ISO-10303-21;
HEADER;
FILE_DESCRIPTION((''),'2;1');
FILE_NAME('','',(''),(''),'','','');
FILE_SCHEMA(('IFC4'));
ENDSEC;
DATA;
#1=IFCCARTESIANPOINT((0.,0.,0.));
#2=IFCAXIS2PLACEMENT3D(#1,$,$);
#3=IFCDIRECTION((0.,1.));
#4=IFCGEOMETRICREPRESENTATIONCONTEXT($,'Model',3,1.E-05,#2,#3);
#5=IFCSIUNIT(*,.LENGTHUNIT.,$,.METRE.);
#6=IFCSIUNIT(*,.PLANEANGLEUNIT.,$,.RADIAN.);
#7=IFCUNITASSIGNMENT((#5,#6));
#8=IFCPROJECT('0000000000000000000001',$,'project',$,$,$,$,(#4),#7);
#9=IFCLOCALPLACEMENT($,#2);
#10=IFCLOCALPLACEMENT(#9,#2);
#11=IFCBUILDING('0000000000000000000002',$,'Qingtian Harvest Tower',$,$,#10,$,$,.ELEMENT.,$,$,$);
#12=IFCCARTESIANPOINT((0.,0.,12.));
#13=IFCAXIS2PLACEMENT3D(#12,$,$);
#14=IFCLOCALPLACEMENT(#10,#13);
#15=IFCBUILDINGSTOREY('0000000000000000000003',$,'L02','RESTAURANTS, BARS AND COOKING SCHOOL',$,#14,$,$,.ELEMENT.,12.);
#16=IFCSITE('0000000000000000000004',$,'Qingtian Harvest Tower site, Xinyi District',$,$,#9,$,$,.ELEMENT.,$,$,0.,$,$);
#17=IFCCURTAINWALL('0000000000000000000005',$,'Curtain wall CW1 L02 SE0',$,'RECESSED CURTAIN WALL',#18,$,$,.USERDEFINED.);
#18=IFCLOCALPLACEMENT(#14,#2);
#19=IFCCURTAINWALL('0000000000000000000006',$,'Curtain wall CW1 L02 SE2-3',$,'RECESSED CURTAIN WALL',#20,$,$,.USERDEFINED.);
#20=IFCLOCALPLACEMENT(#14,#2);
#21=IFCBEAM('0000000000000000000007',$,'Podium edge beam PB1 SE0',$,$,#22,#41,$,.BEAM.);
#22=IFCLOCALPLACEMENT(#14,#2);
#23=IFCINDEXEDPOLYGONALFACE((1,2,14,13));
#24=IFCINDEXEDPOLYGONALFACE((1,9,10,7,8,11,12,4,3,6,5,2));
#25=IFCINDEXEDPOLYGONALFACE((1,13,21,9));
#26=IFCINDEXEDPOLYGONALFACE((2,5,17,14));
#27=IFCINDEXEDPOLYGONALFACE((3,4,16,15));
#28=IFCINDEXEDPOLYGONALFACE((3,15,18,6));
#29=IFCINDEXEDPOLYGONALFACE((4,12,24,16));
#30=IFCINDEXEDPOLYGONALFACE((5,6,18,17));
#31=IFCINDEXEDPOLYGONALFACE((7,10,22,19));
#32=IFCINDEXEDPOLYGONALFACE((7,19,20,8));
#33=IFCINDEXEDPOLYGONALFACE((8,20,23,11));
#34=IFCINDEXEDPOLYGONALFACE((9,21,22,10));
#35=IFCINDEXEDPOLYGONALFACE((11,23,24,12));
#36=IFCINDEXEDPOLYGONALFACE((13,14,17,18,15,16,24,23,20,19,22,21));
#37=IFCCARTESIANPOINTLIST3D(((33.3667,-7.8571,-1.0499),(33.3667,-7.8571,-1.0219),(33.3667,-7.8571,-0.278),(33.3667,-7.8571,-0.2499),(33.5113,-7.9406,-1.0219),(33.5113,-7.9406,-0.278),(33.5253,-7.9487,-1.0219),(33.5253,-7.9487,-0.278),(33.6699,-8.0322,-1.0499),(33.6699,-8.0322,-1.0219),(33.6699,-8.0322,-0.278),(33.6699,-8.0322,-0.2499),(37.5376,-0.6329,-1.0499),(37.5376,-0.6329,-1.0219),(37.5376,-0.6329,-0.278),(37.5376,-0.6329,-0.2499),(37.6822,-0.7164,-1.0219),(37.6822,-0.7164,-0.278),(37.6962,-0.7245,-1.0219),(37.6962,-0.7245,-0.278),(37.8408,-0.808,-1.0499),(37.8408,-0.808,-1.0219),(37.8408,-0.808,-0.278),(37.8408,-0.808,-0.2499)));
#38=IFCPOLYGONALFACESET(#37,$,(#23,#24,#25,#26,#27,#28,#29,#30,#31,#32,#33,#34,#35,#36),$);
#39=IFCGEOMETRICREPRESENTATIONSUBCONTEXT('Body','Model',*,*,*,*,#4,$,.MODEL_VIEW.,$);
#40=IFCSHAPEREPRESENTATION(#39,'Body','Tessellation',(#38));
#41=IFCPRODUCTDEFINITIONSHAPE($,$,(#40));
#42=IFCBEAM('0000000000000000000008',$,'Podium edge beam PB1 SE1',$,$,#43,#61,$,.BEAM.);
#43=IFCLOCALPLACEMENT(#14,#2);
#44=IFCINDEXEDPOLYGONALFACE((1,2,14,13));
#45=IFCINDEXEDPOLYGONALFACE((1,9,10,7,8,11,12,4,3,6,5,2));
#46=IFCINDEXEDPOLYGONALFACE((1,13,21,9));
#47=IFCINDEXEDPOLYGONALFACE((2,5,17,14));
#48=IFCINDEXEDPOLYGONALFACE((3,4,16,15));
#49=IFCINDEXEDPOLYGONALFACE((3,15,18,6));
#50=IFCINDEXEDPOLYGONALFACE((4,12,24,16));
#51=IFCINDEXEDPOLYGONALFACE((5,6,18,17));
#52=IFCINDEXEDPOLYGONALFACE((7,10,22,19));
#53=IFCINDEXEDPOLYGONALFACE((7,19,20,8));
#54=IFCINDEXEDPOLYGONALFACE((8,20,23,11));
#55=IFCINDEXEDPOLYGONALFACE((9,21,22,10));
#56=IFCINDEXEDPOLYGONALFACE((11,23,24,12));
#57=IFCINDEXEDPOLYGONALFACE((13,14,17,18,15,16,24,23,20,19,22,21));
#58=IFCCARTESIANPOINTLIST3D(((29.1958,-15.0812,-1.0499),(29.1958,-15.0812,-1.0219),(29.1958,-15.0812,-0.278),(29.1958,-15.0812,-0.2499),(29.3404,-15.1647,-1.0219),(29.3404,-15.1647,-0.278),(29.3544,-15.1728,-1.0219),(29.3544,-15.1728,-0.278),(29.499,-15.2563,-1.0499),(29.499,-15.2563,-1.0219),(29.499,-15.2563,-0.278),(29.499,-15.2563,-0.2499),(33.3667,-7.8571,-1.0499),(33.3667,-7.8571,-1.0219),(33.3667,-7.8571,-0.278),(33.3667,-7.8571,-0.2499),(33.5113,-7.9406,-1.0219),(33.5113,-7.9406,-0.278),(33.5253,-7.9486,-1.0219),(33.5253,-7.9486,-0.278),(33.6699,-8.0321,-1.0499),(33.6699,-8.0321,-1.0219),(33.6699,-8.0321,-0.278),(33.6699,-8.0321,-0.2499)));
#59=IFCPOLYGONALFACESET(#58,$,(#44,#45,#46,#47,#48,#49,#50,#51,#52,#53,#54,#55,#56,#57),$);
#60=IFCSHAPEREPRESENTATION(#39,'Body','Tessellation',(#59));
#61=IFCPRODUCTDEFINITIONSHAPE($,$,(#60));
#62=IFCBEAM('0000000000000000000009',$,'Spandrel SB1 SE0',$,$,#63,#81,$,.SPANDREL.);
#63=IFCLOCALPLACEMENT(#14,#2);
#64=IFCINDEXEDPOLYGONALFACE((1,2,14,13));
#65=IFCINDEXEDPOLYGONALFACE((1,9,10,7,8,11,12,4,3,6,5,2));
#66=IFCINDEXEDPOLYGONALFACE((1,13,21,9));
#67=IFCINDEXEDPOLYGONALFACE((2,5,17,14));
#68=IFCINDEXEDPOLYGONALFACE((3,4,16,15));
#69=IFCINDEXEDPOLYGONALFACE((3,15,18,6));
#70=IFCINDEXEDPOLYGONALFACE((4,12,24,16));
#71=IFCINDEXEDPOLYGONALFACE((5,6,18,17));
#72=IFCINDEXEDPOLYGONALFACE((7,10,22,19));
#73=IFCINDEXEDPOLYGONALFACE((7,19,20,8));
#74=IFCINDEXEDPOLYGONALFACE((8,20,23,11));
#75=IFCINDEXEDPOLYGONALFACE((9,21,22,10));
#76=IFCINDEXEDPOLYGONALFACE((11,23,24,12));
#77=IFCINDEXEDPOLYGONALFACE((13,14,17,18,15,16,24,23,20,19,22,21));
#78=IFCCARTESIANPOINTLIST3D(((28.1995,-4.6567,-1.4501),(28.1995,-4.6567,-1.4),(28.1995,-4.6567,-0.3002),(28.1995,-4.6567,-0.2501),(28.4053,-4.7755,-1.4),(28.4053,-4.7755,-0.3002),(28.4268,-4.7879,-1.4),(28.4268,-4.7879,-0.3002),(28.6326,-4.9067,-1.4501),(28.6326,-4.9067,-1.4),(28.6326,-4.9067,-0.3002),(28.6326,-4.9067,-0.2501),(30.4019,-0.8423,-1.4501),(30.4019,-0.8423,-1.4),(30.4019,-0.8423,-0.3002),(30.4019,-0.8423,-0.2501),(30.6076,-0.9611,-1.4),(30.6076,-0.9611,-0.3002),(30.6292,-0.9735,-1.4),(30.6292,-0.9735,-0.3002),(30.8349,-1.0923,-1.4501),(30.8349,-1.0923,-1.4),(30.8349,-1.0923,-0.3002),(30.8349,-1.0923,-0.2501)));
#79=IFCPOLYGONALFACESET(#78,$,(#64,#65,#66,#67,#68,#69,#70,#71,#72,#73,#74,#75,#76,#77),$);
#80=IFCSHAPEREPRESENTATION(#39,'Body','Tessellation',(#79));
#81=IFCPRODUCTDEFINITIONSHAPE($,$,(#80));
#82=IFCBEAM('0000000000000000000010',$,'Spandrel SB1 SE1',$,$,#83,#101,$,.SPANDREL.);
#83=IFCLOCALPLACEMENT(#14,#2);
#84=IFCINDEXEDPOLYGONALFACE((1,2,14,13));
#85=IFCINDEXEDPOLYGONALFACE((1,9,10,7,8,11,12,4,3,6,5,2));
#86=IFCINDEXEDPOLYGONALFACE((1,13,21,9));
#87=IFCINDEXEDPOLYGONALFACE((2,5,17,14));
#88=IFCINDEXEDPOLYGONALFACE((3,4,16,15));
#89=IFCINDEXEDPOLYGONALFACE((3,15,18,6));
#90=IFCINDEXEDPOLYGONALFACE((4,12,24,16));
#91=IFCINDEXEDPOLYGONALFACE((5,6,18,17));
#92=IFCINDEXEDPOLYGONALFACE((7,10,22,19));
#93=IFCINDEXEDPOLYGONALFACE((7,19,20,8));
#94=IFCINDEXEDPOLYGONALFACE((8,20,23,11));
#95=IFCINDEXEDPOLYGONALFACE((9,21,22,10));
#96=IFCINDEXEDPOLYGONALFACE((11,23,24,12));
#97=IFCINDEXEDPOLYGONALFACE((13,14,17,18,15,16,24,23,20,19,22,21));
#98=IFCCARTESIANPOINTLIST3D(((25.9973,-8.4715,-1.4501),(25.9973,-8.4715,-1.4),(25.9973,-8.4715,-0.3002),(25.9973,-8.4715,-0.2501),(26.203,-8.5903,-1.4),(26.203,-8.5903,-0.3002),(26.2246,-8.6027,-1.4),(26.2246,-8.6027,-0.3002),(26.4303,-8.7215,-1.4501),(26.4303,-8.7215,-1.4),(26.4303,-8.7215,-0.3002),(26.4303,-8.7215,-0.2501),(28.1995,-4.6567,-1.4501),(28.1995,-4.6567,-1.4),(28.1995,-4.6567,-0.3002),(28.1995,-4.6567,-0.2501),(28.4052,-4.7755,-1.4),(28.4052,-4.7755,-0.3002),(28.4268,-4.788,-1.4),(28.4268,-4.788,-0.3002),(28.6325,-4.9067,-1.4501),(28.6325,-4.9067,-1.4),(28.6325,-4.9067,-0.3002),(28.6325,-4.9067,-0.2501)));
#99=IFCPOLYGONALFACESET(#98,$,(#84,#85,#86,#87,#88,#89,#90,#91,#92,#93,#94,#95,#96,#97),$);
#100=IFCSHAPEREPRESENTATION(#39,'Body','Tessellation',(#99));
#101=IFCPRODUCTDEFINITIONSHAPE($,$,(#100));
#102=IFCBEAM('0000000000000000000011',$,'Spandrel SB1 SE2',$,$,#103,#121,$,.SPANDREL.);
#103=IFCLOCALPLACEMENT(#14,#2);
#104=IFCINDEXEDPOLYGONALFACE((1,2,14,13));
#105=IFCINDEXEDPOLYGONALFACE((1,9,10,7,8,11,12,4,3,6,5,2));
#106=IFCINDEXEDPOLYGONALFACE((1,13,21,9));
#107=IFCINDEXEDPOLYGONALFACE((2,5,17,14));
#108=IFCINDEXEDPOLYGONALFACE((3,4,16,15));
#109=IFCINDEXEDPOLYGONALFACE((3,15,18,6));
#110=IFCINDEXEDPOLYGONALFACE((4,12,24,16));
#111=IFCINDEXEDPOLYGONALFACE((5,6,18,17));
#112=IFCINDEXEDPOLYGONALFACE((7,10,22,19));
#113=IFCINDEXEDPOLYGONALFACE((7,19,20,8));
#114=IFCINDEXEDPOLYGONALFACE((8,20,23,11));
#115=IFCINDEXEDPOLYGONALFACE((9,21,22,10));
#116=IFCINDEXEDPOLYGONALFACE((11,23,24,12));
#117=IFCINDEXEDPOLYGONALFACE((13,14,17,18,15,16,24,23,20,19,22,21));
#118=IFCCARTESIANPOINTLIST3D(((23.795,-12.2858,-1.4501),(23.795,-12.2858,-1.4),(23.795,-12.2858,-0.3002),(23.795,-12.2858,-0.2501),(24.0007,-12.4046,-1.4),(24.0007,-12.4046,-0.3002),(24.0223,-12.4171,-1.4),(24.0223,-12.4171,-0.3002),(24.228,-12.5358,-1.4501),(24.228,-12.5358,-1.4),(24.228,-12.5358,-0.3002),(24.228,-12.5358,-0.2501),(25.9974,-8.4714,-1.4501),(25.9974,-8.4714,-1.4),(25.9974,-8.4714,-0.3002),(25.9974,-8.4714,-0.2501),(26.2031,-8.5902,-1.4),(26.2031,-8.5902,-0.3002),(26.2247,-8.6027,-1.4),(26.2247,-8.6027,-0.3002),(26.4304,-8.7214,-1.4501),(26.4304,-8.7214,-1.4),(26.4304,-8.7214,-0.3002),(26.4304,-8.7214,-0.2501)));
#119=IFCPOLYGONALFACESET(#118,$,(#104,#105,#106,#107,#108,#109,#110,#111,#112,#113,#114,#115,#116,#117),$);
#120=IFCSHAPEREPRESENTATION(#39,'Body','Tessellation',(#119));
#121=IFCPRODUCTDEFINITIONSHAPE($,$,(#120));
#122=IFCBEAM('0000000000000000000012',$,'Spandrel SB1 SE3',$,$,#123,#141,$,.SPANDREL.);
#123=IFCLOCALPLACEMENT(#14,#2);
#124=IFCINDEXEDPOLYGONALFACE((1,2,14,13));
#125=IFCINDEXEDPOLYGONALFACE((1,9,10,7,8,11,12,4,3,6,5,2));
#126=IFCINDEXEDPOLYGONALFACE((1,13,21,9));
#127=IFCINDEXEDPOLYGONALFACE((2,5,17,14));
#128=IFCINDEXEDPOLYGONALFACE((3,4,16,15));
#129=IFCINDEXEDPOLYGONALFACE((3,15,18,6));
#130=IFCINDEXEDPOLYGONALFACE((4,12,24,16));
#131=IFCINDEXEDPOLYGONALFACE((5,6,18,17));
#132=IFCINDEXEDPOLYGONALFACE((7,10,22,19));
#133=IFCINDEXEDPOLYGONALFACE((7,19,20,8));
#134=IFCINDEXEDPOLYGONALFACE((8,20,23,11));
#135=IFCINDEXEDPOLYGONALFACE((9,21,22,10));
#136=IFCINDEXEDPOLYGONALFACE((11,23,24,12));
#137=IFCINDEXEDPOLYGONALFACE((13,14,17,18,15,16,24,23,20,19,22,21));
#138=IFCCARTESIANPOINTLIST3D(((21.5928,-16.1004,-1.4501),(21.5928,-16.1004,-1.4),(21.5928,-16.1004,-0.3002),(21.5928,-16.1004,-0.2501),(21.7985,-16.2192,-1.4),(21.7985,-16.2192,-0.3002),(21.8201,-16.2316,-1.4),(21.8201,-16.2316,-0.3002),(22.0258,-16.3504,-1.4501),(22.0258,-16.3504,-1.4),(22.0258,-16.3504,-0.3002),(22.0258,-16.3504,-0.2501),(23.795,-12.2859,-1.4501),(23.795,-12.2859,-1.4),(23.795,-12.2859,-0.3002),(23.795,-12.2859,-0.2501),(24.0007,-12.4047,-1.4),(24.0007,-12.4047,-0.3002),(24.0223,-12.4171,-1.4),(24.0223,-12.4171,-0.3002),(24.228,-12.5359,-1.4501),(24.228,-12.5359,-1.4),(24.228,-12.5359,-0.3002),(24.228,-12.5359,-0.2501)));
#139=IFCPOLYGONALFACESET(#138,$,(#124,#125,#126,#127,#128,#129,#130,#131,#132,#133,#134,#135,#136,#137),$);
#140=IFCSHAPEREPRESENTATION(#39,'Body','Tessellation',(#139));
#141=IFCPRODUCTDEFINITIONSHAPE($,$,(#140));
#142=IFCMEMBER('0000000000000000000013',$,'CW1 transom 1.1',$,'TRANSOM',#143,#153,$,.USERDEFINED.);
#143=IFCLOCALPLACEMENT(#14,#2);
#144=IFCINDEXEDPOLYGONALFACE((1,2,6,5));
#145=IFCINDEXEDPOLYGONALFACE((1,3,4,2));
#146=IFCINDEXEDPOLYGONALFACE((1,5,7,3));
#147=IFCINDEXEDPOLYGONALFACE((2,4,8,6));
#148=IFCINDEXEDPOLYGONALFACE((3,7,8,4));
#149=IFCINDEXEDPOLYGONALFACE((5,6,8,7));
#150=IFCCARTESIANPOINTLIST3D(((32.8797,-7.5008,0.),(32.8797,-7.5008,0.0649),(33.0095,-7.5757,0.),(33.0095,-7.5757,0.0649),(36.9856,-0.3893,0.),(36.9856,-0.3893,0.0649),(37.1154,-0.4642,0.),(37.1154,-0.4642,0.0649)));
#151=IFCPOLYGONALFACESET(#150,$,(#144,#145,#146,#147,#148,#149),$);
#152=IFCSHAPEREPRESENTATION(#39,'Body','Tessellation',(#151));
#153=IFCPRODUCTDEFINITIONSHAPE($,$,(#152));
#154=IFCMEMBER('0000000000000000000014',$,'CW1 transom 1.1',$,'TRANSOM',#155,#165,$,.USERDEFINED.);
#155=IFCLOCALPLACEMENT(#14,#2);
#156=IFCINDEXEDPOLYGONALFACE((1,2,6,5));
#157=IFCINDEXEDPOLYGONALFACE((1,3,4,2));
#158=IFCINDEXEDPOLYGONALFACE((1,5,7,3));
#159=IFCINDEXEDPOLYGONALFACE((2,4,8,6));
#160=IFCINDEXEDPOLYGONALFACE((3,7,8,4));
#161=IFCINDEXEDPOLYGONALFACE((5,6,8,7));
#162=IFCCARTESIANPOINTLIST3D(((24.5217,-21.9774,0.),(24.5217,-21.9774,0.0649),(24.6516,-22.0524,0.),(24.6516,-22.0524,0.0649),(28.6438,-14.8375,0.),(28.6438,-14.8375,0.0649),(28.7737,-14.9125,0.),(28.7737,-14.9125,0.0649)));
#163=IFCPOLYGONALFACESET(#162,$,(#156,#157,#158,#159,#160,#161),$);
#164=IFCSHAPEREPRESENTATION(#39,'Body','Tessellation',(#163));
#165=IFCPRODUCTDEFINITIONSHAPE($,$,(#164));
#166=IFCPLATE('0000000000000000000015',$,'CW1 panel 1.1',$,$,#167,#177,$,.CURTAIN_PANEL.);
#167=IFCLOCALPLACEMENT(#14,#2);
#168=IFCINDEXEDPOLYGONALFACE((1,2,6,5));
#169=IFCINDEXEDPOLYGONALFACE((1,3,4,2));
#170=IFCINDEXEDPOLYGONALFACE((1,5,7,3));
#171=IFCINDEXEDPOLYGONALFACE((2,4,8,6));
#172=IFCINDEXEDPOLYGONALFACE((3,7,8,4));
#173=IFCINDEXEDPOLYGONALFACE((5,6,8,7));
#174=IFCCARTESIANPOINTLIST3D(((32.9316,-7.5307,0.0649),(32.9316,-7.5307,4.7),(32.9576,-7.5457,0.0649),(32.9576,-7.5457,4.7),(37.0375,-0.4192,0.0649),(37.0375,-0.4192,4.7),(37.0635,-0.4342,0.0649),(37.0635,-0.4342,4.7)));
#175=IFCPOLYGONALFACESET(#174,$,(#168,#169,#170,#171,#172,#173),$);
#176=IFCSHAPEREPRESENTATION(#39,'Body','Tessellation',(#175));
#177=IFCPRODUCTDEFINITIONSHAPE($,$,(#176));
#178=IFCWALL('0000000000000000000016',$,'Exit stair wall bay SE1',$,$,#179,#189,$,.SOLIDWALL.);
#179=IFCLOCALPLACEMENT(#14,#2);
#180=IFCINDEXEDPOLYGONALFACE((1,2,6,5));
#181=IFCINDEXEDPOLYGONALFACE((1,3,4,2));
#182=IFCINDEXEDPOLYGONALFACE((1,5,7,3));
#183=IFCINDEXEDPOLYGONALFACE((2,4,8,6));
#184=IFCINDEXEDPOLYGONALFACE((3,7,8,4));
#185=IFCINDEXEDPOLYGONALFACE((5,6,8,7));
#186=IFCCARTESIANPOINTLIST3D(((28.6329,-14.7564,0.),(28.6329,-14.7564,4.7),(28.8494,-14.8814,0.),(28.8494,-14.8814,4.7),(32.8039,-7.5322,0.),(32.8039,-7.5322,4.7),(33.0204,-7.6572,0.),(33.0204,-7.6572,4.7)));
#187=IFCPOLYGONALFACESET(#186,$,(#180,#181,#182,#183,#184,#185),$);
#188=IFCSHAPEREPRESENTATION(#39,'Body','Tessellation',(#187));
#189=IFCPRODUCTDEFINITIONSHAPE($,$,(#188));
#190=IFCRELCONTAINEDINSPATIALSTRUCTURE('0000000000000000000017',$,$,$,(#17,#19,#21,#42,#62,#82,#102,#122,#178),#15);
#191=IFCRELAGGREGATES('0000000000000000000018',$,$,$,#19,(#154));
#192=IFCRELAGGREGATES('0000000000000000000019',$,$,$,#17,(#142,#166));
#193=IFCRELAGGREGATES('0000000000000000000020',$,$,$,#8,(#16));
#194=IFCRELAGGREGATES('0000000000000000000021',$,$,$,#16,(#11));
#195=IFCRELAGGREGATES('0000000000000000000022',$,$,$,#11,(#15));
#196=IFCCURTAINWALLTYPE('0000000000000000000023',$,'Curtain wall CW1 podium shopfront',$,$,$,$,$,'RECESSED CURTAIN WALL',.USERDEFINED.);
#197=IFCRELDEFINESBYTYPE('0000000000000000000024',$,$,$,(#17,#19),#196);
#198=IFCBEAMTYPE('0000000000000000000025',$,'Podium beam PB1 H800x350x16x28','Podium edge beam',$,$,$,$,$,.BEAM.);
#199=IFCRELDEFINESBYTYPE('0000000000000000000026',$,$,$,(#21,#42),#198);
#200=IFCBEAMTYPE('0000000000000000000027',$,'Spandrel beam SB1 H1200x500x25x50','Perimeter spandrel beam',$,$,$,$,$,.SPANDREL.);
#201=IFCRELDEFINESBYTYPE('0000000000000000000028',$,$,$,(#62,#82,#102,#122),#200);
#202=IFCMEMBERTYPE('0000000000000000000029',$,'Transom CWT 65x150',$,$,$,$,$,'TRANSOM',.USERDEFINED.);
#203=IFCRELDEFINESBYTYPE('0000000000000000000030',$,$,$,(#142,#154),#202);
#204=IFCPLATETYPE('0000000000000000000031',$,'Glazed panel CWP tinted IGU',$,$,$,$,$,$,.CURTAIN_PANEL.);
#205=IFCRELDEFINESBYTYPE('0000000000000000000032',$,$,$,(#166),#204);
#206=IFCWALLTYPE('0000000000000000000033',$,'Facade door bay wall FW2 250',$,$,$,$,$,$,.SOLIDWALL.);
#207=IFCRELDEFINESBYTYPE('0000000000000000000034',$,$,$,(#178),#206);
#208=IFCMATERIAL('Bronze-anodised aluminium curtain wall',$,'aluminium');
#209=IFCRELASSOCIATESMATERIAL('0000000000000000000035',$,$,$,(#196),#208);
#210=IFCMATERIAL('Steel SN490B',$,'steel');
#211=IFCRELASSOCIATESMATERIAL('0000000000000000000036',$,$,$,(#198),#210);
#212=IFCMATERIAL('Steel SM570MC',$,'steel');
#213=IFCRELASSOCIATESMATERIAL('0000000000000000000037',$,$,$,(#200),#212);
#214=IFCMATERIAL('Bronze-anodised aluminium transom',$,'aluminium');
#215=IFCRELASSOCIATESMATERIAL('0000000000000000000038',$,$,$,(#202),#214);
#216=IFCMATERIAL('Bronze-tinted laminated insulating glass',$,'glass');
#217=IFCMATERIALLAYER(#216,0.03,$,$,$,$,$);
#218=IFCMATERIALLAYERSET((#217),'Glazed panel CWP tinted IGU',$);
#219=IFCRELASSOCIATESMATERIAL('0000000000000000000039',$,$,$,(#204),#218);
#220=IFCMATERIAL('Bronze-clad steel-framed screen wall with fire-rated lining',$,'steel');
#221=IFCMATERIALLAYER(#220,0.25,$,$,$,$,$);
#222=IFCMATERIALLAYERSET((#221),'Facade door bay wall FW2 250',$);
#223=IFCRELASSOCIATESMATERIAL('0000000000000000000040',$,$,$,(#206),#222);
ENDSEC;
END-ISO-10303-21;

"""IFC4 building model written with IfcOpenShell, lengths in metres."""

from ifc_helpers import new_model, si_unit, direction, frame, frame_2d, origin, origin_2d, place, context, subcontext, project, spatial, rectangle, i_section, extrude, material, layer, layer_set, material_profile, profile_set, type_object, element, aggregate, save


model = new_model("IFC4")

# Units and contexts
model_context = context("Model", 3, precision=1e-05, world=origin(), true_north=direction((0.0, 1.0)))
body_context = subcontext(model_context, "Body", "Model", "MODEL_VIEW")
ifc_project = project(units=[si_unit("LENGTHUNIT", "METRE"), si_unit("PLANEANGLEUNIT", "RADIAN")], contexts=[model_context])

# Site, building, storey
site_placement = place(None, origin())
site = spatial("IfcSite", under=ifc_project, at=site_placement, Name="Qingtian Harvest Tower site, Xinyi District", CompositionType="ELEMENT", RefElevation=0.0)
building_placement = place(site_placement, origin())
building = spatial("IfcBuilding", under=site, at=building_placement, Name="Qingtian Harvest Tower", CompositionType="ELEMENT")
storey_placement = place(building_placement, frame((0.0, 0.0, 12.0)))
storey = spatial("IfcBuildingStorey", under=building, at=storey_placement, Name="L02", Description="RESTAURANTS, BARS AND COOKING SCHOOL", CompositionType="ELEMENT", Elevation=12.0)

# Shared definitions
ifc_material_1 = material(Name="Bronze-anodised aluminium curtain wall", Category="aluminium")
curtain_wall_type = type_object("IfcCurtainWallType", Name="Curtain wall CW1 podium shopfront", ElementType="RECESSED CURTAIN WALL", PredefinedType="USERDEFINED", material=ifc_material_1)

# Curtain wall
curtain_wall_1_placement = place(storey_placement, origin())
curtain_wall_1 = element("IfcCurtainWall", 1, at=curtain_wall_1_placement, inside=storey, type_object=curtain_wall_type, Name="Curtain wall CW1 L02 SE0", ObjectType="RECESSED CURTAIN WALL", PredefinedType="USERDEFINED")

# Curtain wall
curtain_wall_2_placement = place(storey_placement, origin())
curtain_wall_2 = element("IfcCurtainWall", 2, at=curtain_wall_2_placement, inside=storey, type_object=curtain_wall_type, Name="Curtain wall CW1 L02 SE2-3", ObjectType="RECESSED CURTAIN WALL", PredefinedType="USERDEFINED")

# Beams
ifc_material_2 = material(Name="Steel SN490B", Category="steel")
ifc_material_profile_1 = material_profile(ifc_material_2, i_section(OverallWidth=0.3501, OverallDepth=0.8, WebThickness=0.0161, FlangeThickness=0.0281, at=origin_2d()), Name="H800x350x16x28")
ifc_profile_set_1 = profile_set([ifc_material_profile_1], Name="Steel SN490B")
beam_type_1 = type_object("IfcBeamType", Name="Podium beam PB1 H800x350x16x28", Description="Podium edge beam", PredefinedType="BEAM", material=ifc_profile_set_1)
for number, where, z_axis, x_axis, name in (
    (3, (37.6892, -0.7205, -0.6499), (-0.500005, -0.866023, 0.0), (0.866023, -0.500005, 0.0), "Podium edge beam PB1 SE0"),
    (4, (33.5183, -7.9446, -0.6499), (-0.500005, -0.866023, 0.0), (0.866023, -0.500005, 0.0), "Podium edge beam PB1 SE1"),
):
    element("IfcBeam", number, at=place(storey_placement, frame(where, z_axis=z_axis, x_axis=x_axis)), inside=storey, type_object=beam_type_1, Name=name, PredefinedType="BEAM", context=body_context, shape_type="SweptSolid", body=[
        extrude(i_section(OverallWidth=0.3501, OverallDepth=0.8, WebThickness=0.0161, FlangeThickness=0.0281, at=origin_2d()), origin(), (0.0, 0.0, 1.0), 8.3418),
    ])
ifc_material_3 = material(Name="Steel SM570MC", Category="steel")
ifc_material_profile_2 = material_profile(ifc_material_3, i_section(OverallWidth=0.5, OverallDepth=1.2, WebThickness=0.0249, FlangeThickness=0.05, at=origin_2d()), Name="H1200x500x25x50")
ifc_profile_set_2 = profile_set([ifc_material_profile_2], Name="Steel SM570MC")
beam_type_2 = type_object("IfcBeamType", Name="Spandrel beam SB1 H1200x500x25x50", Description="Perimeter spandrel beam", PredefinedType="SPANDREL", material=ifc_profile_set_2)
beam_1_placement = place(storey_placement, frame((30.6184, -0.9673, -0.8501), z_axis=(-0.50002, -0.866014, 0.0), x_axis=(0.866014, -0.50002, 0.0)))
element("IfcBeam", 5, at=beam_1_placement, inside=storey, type_object=beam_type_2, Name="Spandrel SB1 SE0", PredefinedType="SPANDREL", context=body_context, shape_type="SweptSolid", body=[
    extrude(i_section(OverallWidth=0.5, OverallDepth=1.2, WebThickness=0.0249, FlangeThickness=0.05, at=origin_2d()), origin(), (0.0, 0.0, 1.0), 4.4045),
])
beam_2_placement = place(storey_placement, frame((28.416, -4.7817, -0.8501), z_axis=(-0.499954, -0.866052, 0.0), x_axis=(0.866052, -0.499954, 0.0)))
element("IfcBeam", 6, at=beam_2_placement, inside=storey, type_object=beam_type_2, Name="Spandrel SB1 SE1", PredefinedType="SPANDREL", context=body_context, shape_type="SweptSolid", body=[
    extrude(i_section(OverallWidth=0.5, OverallDepth=1.2, WebThickness=0.0249, FlangeThickness=0.05, at=origin_2d()), origin(), (0.0, 0.0, 1.0), 4.4048),
])
for number, where, z_axis, x_axis, name in (
    (7, (26.2139, -8.5964, -0.8501), (-0.50002, -0.866014, 0.0), (0.866014, -0.50002, 0.0), "Spandrel SB1 SE2"),
    (8, (24.0115, -12.4109, -0.8501), (-0.499978, -0.866038, 0.0), (0.866038, -0.499978, 0.0), "Spandrel SB1 SE3"),
):
    element("IfcBeam", number, at=place(storey_placement, frame(where, z_axis=z_axis, x_axis=x_axis)), inside=storey, type_object=beam_type_2, Name=name, PredefinedType="SPANDREL", context=body_context, shape_type="SweptSolid", body=[
        extrude(i_section(OverallWidth=0.5, OverallDepth=1.2, WebThickness=0.0249, FlangeThickness=0.05, at=origin_2d()), origin(), (0.0, 0.0, 1.0), 4.4045),
    ])

# Members
ifc_material_4 = material(Name="Bronze-anodised aluminium transom", Category="aluminium")
ifc_material_profile_3 = material_profile(ifc_material_4, rectangle(XDim=0.1499, YDim=0.0649, at=origin_2d()), Name="AL 65x150")
ifc_profile_set_3 = profile_set([ifc_material_profile_3], Name="Bronze-anodised aluminium transom")
member_type_1 = type_object("IfcMemberType", Name="Transom CWT 65x150", ElementType="TRANSOM", PredefinedType="USERDEFINED", material=ifc_profile_set_3)
member_1_placement = place(storey_placement, frame((37.0505, -0.4268, 0.0325), z_axis=(-0.500008, -0.866021, 0.0), x_axis=(0.866021, -0.500008, 0.0)))
member_1 = element("IfcMember", 9, at=member_1_placement, type_object=member_type_1, Name="CW1 transom 1.1", ObjectType="TRANSOM", PredefinedType="USERDEFINED", context=body_context, shape_type="SweptSolid", body=[
    extrude(rectangle(XDim=0.1499, YDim=0.0649, at=origin_2d()), origin(), (0.0, 0.0, 1.0), 8.2117),
])
member_2_placement = place(storey_placement, frame((28.7087, -14.875, 0.0325), z_axis=(-0.499986, -0.866033, 0.0), x_axis=(0.866033, -0.499986, 0.0)))
member_2 = element("IfcMember", 10, at=member_2_placement, type_object=member_type_1, Name="CW1 transom 1.1", ObjectType="TRANSOM", PredefinedType="USERDEFINED", context=body_context, shape_type="SweptSolid", body=[
    extrude(rectangle(XDim=0.1499, YDim=0.0649, at=origin_2d()), origin(), (0.0, 0.0, 1.0), 8.2444),
])
aggregate(curtain_wall_2, [member_2])

# Plate
ifc_material_5 = material(Name="Bronze-tinted laminated insulating glass", Category="glass")
ifc_layer_1 = layer(ifc_material_5, 0.03)
ifc_layer_set_1 = layer_set([ifc_layer_1], Name="Glazed panel CWP tinted IGU")
plate_type = type_object("IfcPlateType", Name="Glazed panel CWP tinted IGU", PredefinedType="CURTAIN_PANEL", material=ifc_layer_set_1)
plate_placement = place(storey_placement, frame((34.9976, -3.9824, 0.0649), z_axis=(0.0, 0.0, 1.0), x_axis=(-0.5, -0.866025, 0.0)))
plate = element("IfcPlate", 11, at=plate_placement, type_object=plate_type, Name="CW1 panel 1.1", PredefinedType="CURTAIN_PANEL", context=body_context, shape_type="SweptSolid", body=[
    extrude(rectangle(XDim=8.2117, YDim=0.03, at=origin_2d()), origin(), (0.0, 0.0, 1.0), 4.635),
])
aggregate(curtain_wall_1, [member_1, plate])

# Wall
ifc_material_6 = material(Name="Bronze-clad steel-framed screen wall with fire-rated lining", Category="steel")
ifc_layer_2 = layer(ifc_material_6, 0.25)
ifc_layer_set_2 = layer_set([ifc_layer_2], Name="Facade door bay wall FW2 250")
wall_type_1 = type_object("IfcWallType", Name="Facade door bay wall FW2 250", PredefinedType="SOLIDWALL", material=ifc_layer_set_2)
wall_1_placement = place(storey_placement, frame((32.9121, -7.5947, 0.0), z_axis=(0.0, 0.0, 1.0), x_axis=(-0.500005, -0.866023, 0.0)))
element("IfcWall", 12, at=wall_1_placement, inside=storey, type_object=wall_type_1, Name="Exit stair wall bay SE1", PredefinedType="SOLIDWALL", context=body_context, shape_type="SweptSolid", body=[
    extrude(rectangle(XDim=8.3418, YDim=0.25, at=frame_2d((4.1709, 0.0))), origin(), (0.0, 0.0, 1.0), 4.7),
])

save(model, "model.ifc")
